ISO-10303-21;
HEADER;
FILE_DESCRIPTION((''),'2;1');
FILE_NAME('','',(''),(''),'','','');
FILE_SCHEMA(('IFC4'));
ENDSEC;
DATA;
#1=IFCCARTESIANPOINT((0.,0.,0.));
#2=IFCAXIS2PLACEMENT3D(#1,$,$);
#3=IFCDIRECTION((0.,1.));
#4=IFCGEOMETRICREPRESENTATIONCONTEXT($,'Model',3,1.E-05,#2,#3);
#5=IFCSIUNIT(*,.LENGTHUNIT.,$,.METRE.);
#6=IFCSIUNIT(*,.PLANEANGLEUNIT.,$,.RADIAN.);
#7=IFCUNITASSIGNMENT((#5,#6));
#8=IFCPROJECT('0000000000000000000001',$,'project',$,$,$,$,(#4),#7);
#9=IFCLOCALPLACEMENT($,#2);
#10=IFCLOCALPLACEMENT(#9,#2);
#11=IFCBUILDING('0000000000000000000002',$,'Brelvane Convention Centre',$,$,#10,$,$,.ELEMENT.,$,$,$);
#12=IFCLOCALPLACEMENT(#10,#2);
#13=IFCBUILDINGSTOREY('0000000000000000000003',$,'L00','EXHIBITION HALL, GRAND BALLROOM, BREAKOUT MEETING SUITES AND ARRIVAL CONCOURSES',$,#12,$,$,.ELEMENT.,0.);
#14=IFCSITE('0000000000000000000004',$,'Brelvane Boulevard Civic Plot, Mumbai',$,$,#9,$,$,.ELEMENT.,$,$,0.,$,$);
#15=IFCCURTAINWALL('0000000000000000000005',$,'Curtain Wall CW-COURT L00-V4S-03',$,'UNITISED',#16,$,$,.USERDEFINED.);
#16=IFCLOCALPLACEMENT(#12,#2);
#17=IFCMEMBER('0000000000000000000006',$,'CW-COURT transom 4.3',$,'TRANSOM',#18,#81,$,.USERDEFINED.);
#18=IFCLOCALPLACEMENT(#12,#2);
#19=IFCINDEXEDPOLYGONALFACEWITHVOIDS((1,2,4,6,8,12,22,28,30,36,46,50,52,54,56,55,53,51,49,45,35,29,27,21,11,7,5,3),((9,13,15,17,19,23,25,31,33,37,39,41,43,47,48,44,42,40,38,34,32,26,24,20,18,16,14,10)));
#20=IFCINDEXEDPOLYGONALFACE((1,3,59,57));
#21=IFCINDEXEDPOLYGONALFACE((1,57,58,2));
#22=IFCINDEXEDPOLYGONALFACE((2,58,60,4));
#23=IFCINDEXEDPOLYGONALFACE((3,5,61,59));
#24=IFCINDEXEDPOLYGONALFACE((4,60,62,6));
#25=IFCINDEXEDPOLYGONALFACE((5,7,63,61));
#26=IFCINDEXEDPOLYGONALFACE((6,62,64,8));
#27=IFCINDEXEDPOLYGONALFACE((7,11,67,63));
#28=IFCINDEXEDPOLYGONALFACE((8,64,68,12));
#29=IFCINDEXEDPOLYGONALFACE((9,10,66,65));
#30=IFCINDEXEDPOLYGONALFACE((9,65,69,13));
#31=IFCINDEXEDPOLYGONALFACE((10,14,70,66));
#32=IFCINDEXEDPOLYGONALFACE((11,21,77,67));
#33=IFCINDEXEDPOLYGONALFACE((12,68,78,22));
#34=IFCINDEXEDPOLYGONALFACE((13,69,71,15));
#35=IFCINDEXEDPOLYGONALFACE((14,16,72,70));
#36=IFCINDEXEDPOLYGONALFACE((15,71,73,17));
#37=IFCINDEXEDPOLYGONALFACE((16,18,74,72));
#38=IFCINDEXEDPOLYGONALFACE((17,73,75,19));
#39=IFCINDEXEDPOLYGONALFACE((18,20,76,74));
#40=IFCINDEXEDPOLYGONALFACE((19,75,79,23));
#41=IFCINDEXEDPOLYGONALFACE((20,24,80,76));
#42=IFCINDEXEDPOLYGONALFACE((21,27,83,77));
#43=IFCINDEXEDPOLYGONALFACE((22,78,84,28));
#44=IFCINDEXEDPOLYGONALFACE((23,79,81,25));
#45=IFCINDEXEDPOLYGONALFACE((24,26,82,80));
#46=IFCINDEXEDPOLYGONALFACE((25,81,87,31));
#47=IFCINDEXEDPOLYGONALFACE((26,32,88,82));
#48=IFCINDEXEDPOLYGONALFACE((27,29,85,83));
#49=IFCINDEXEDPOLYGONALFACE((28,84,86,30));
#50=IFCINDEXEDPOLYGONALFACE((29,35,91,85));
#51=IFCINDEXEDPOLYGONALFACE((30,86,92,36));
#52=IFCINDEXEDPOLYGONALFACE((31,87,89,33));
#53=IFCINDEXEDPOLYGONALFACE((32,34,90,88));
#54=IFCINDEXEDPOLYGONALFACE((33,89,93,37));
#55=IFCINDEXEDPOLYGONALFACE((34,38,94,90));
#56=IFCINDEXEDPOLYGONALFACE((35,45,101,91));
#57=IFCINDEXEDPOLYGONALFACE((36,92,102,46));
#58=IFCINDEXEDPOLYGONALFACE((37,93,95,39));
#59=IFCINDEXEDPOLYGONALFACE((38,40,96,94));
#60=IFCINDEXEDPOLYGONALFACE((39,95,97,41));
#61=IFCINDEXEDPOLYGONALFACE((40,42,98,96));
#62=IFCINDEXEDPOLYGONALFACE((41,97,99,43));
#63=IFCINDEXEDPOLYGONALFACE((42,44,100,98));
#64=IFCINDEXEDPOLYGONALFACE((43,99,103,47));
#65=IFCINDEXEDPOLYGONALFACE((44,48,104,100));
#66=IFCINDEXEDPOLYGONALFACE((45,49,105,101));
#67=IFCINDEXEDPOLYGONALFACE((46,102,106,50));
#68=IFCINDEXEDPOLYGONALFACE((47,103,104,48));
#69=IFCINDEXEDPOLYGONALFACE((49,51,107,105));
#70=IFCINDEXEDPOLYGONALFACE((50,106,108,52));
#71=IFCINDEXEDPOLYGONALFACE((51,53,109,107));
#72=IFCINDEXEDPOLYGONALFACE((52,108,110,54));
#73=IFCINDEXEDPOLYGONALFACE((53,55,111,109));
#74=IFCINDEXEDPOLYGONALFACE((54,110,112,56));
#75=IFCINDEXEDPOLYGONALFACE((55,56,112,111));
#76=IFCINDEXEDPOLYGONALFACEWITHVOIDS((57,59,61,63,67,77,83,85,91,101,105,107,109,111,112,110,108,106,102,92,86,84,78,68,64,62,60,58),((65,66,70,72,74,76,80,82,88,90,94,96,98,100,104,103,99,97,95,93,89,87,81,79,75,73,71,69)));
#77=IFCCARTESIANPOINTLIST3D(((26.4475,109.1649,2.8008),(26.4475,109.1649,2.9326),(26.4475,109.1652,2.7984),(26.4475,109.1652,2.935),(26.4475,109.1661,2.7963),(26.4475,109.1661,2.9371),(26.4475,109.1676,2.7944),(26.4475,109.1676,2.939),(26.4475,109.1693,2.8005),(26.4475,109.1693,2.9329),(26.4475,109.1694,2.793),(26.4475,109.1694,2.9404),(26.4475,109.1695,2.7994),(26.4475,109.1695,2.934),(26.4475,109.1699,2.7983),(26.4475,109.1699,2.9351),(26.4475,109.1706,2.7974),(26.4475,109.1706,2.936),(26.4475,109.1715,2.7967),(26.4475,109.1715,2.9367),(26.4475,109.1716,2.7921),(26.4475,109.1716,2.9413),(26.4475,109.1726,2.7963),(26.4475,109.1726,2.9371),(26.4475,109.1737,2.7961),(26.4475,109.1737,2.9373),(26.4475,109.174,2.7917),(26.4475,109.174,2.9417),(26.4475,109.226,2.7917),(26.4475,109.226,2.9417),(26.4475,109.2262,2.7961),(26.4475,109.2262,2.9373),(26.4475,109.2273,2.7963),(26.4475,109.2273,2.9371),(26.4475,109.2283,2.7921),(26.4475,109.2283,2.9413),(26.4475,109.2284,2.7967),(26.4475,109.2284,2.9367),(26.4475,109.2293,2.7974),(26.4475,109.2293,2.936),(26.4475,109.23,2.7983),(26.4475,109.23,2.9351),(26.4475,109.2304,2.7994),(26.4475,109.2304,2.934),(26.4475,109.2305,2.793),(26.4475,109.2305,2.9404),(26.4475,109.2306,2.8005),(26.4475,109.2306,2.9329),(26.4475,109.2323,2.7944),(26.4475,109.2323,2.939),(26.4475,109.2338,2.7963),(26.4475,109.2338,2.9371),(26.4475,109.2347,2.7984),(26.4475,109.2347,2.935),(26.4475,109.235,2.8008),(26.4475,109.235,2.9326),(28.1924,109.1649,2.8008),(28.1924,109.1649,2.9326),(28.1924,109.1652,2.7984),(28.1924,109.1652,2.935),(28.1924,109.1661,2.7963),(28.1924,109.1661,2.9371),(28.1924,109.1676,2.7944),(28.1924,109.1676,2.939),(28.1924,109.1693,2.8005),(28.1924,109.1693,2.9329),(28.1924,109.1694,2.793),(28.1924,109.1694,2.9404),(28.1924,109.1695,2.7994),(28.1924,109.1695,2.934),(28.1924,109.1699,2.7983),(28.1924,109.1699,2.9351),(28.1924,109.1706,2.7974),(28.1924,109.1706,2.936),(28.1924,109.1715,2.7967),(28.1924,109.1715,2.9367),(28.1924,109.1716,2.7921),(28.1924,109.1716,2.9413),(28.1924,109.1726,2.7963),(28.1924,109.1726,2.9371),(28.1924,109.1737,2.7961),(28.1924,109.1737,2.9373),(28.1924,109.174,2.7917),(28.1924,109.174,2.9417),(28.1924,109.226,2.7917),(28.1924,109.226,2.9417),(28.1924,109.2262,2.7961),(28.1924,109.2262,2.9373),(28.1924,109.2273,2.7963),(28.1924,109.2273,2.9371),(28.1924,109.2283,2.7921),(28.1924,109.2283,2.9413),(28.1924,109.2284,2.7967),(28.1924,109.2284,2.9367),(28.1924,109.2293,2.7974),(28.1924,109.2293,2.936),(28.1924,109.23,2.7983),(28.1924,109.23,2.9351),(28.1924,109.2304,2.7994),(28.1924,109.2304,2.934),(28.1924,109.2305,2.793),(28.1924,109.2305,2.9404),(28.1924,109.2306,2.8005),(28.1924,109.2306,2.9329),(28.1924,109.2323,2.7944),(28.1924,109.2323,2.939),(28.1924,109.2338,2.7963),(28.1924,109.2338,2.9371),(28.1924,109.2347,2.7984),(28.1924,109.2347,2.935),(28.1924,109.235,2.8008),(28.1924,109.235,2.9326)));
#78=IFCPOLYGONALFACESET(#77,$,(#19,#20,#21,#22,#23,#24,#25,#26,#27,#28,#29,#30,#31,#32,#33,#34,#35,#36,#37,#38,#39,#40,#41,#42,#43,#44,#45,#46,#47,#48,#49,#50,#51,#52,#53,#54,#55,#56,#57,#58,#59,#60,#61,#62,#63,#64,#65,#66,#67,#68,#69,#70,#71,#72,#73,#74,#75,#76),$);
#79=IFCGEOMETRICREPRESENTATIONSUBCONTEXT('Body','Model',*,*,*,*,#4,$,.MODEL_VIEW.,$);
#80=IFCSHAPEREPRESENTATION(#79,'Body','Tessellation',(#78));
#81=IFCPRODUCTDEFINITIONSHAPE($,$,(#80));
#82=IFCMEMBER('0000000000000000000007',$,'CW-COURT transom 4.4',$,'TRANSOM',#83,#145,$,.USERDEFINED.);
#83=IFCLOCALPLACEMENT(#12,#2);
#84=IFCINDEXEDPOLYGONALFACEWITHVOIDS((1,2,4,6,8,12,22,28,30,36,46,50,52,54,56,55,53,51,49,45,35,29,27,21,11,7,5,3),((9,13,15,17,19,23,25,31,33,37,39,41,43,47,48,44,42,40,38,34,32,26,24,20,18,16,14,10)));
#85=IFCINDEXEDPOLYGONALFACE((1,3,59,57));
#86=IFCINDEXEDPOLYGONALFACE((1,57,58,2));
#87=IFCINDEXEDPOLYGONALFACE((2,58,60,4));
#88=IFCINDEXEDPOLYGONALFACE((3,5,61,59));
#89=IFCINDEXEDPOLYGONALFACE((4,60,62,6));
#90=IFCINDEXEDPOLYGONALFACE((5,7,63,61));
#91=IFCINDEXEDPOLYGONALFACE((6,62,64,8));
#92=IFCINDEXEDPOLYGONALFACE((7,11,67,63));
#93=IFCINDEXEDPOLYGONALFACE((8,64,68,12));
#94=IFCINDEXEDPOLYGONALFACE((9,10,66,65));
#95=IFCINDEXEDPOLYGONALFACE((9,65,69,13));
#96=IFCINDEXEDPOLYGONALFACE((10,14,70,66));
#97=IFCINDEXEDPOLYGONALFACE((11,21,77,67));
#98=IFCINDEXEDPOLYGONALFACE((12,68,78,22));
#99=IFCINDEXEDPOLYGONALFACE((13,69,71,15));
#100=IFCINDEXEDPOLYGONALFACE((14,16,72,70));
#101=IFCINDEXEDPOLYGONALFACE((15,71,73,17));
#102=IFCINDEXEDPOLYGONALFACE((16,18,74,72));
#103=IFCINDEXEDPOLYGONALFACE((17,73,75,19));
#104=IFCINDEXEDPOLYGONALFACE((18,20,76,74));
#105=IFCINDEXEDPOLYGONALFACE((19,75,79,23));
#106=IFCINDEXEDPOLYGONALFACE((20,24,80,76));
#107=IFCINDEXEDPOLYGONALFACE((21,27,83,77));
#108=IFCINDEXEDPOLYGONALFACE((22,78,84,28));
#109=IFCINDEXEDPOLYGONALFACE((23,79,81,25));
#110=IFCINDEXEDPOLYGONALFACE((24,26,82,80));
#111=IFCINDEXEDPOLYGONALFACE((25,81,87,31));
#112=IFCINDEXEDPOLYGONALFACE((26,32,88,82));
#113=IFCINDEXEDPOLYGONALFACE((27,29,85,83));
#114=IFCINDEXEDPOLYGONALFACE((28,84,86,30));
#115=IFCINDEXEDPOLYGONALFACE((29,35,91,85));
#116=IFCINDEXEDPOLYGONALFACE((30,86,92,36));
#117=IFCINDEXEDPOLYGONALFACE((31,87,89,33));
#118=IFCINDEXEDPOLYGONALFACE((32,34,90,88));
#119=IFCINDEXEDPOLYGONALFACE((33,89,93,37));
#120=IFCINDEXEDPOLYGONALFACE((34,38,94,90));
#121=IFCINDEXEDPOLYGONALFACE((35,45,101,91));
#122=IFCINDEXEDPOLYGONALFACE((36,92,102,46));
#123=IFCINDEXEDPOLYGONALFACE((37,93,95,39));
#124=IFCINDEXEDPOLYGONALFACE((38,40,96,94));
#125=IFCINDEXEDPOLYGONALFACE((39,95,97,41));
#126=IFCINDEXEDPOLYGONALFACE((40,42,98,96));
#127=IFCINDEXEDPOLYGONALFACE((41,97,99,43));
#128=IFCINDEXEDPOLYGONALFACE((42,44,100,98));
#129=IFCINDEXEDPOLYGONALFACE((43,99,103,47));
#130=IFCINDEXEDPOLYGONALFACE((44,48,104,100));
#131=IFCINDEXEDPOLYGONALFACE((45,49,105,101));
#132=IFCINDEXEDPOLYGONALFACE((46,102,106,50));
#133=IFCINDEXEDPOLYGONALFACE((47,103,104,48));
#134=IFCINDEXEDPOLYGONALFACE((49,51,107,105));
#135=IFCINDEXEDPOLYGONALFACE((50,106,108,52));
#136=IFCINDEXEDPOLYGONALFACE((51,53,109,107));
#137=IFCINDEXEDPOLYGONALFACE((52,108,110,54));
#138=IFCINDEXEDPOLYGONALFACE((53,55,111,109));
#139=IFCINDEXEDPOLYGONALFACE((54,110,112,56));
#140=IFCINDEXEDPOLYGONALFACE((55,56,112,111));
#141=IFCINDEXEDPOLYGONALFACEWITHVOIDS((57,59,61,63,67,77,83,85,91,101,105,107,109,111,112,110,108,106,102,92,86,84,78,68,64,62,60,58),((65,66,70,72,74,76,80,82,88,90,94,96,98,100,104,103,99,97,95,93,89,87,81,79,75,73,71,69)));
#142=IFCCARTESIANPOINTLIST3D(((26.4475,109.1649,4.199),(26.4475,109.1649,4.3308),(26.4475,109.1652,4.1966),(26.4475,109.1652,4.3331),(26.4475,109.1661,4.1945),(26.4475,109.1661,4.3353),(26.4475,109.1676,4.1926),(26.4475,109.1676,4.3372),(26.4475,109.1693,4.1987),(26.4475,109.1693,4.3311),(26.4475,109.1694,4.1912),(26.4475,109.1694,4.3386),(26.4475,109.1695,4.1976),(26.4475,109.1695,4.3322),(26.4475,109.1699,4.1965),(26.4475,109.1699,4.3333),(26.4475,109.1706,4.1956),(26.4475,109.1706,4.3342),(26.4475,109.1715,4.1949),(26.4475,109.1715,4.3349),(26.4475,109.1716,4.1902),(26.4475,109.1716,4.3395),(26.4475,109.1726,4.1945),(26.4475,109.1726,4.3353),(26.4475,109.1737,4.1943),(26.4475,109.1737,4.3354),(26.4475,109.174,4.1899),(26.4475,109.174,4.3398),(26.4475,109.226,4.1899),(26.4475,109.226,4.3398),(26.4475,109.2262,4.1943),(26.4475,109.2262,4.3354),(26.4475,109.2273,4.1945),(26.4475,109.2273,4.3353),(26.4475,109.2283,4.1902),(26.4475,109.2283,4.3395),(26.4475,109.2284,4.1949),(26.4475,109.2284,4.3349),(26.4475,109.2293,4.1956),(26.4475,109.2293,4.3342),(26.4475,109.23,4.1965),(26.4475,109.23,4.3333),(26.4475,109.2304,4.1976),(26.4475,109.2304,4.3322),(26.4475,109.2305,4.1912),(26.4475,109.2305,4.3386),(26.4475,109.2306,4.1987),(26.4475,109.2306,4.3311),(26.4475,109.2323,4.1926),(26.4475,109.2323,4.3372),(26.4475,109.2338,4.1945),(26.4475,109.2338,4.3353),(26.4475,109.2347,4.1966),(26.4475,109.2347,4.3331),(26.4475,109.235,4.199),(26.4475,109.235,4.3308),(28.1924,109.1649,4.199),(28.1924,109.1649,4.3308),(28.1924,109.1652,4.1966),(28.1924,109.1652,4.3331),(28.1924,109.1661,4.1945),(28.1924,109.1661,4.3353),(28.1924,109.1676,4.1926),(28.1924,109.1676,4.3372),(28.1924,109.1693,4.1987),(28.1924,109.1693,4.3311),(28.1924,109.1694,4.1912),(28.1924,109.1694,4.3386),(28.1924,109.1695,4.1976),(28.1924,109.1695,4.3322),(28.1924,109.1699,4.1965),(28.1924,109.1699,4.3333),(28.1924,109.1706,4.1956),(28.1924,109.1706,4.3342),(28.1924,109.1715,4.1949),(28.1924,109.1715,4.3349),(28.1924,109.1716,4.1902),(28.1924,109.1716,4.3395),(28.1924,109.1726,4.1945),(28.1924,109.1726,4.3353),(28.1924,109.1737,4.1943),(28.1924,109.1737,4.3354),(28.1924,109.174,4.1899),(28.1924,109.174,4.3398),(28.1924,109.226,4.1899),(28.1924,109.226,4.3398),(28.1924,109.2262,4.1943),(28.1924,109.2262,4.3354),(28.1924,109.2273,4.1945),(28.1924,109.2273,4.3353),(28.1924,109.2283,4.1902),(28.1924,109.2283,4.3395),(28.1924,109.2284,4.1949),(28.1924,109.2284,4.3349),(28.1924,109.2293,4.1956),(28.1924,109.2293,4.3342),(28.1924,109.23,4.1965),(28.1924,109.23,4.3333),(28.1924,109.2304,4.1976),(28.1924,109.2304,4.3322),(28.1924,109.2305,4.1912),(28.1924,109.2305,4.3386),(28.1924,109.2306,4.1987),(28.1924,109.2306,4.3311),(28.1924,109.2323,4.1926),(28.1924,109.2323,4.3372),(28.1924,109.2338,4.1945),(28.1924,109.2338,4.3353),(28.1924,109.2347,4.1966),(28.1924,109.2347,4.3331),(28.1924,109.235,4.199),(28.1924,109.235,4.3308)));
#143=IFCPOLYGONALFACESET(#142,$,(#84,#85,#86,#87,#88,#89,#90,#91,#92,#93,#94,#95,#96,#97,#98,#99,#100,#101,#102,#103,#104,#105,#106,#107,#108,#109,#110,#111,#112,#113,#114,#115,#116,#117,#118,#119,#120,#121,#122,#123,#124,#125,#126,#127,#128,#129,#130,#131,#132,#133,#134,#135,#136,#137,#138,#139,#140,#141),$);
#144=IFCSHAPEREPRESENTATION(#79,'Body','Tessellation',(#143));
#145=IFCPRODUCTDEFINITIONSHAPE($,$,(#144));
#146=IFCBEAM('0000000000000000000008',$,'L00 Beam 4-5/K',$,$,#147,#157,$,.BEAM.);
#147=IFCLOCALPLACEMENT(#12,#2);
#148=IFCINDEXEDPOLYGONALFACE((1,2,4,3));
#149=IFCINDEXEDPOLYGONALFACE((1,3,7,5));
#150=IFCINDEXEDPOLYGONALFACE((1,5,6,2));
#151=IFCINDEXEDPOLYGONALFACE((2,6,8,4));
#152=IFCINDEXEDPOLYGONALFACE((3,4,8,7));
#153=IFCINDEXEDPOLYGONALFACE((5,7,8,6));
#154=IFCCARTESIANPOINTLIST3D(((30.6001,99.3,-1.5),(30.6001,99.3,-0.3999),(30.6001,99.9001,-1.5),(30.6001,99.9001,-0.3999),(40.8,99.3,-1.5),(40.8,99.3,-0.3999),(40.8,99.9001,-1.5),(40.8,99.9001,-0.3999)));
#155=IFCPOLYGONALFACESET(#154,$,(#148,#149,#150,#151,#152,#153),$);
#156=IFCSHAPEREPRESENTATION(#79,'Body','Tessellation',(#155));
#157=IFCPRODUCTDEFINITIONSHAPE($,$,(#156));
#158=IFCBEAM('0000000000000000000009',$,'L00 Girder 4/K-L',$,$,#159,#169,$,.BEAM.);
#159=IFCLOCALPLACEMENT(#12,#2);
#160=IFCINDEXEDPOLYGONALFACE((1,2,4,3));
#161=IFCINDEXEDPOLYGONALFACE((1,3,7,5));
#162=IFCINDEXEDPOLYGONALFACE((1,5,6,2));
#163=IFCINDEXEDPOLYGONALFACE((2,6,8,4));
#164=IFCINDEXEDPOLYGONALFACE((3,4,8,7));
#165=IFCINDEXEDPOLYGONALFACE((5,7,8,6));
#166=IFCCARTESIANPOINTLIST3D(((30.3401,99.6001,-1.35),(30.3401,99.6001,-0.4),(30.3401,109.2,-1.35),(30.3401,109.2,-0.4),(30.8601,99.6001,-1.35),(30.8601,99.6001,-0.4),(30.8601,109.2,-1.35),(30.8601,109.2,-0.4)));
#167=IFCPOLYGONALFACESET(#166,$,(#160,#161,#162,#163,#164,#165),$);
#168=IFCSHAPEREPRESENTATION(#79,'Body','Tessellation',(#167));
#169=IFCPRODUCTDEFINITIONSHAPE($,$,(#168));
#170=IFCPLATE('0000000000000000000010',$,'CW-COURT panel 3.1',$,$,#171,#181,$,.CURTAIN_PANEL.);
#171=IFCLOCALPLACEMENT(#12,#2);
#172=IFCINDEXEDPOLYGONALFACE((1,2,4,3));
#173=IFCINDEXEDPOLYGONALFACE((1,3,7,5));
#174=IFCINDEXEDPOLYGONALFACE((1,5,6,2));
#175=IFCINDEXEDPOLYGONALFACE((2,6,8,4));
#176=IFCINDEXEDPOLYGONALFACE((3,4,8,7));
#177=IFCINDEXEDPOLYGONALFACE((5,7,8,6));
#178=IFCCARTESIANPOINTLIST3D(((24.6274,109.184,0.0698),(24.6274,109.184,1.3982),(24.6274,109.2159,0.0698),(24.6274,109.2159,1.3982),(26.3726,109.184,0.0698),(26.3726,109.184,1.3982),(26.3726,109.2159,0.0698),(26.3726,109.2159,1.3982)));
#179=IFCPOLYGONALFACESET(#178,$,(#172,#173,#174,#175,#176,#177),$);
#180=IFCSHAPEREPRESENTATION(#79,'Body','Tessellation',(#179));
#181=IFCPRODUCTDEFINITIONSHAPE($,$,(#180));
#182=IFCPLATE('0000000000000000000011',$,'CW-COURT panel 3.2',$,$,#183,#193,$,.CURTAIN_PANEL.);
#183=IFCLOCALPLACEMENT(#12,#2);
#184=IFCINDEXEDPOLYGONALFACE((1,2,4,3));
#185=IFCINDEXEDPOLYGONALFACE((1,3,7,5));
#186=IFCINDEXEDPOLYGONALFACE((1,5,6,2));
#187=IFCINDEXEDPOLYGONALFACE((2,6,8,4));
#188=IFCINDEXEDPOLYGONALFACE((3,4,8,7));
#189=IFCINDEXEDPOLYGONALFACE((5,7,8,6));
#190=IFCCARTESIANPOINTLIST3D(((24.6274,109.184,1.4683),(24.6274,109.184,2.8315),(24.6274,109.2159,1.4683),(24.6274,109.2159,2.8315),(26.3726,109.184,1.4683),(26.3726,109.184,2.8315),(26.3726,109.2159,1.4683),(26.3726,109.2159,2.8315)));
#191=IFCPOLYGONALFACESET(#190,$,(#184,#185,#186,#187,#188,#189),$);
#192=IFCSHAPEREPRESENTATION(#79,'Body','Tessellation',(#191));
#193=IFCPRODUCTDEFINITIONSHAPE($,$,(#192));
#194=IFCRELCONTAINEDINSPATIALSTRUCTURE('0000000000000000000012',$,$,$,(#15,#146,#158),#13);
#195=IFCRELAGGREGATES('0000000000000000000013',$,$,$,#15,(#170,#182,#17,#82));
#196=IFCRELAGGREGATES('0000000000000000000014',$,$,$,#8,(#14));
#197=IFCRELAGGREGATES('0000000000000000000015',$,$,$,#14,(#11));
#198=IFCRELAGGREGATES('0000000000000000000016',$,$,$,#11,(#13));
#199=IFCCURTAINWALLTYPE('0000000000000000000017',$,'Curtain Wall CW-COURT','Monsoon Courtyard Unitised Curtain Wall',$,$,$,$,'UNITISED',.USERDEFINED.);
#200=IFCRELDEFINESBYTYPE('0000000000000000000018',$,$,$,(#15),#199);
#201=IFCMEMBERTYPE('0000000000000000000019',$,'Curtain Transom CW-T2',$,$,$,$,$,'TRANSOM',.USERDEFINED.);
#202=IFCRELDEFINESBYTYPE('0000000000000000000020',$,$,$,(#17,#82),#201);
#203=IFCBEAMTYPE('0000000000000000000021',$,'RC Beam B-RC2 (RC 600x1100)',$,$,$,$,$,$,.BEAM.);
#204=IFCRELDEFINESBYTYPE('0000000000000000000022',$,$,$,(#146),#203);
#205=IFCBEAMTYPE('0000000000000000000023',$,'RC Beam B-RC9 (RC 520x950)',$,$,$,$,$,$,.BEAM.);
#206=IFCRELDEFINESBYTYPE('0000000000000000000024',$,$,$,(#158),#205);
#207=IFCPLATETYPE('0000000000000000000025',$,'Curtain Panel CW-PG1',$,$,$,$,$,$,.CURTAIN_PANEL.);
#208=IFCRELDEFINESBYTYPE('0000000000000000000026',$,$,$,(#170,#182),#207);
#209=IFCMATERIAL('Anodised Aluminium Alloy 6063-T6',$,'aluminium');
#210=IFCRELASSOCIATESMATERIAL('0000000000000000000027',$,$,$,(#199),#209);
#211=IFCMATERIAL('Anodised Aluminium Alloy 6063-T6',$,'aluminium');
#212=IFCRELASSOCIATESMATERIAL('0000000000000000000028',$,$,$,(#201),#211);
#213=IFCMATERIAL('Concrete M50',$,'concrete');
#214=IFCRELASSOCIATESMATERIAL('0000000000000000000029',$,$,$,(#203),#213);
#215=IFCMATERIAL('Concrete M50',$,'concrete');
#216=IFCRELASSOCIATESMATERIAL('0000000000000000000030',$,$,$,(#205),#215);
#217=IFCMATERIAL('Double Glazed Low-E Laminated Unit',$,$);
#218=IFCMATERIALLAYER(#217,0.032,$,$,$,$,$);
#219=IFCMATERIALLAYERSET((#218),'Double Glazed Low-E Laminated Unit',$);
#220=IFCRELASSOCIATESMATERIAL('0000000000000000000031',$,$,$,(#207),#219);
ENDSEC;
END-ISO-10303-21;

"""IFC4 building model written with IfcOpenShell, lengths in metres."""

from ifc_helpers import new_model, si_unit, direction, frame, origin, origin_2d, place, context, subcontext, project, spatial, rectangle, hollow_rectangle, extrude, material, layer, layer_set, material_profile, profile_set, type_object, element, aggregate, save


model = new_model("IFC4")

# Units and contexts
model_context = context("Model", 3, precision=1e-05, world=origin(), true_north=direction((0.0, 1.0)))
body_context = subcontext(model_context, "Body", "Model", "MODEL_VIEW")
ifc_project = project(units=[si_unit("LENGTHUNIT", "METRE"), si_unit("PLANEANGLEUNIT", "RADIAN")], contexts=[model_context])

# Site, building, storey
site_placement = place(None, origin())
site = spatial("IfcSite", under=ifc_project, at=site_placement, Name="Brelvane Boulevard Civic Plot, Mumbai", CompositionType="ELEMENT", RefElevation=0.0)
building_placement = place(site_placement, origin())
building = spatial("IfcBuilding", under=site, at=building_placement, Name="Brelvane Convention Centre", CompositionType="ELEMENT")
storey_placement = place(building_placement, origin())
storey = spatial("IfcBuildingStorey", under=building, at=storey_placement, Name="L00", Description="EXHIBITION HALL, GRAND BALLROOM, BREAKOUT MEETING SUITES AND ARRIVAL CONCOURSES", CompositionType="ELEMENT", Elevation=0.0)

# Curtain wall, members
ifc_material_1 = material(Name="Anodised Aluminium Alloy 6063-T6", Category="aluminium")
curtain_wall_type = type_object("IfcCurtainWallType", Name="Curtain Wall CW-COURT", Description="Monsoon Courtyard Unitised Curtain Wall", ElementType="UNITISED", PredefinedType="USERDEFINED", material=ifc_material_1)
curtain_wall_placement = place(storey_placement, origin())
curtain_wall = element("IfcCurtainWall", 1, at=curtain_wall_placement, inside=storey, type_object=curtain_wall_type, Name="Curtain Wall CW-COURT L00-V4S-03", ObjectType="UNITISED", PredefinedType="USERDEFINED")
ifc_material_2 = material(Name="Anodised Aluminium Alloy 6063-T6", Category="aluminium")
ifc_material_profile_1 = material_profile(ifc_material_2, hollow_rectangle(XDim=0.0701, YDim=0.1499, WallThickness=0.0044, InnerFilletRadius=0.0044, OuterFilletRadius=0.009, at=origin_2d()), Name="ALU-T 150x70x4.5")
ifc_profile_set_1 = profile_set([ifc_material_profile_1], Name="Anodised Aluminium Alloy 6063-T6")
member_type_1 = type_object("IfcMemberType", Name="Curtain Transom CW-T2", ElementType="TRANSOM", PredefinedType="USERDEFINED", material=ifc_profile_set_1)
member_1_placement = place(storey_placement, frame((26.4475, 109.2, 2.8667), z_axis=(1.0, 0.0, 0.0), x_axis=(0.0, 1.0, 0.0)))
member_1 = element("IfcMember", 2, at=member_1_placement, type_object=member_type_1, Name="CW-COURT transom 4.3", ObjectType="TRANSOM", PredefinedType="USERDEFINED", context=body_context, shape_type="SweptSolid", body=[
    extrude(hollow_rectangle(XDim=0.0701, YDim=0.1499, WallThickness=0.0044, InnerFilletRadius=0.0044, OuterFilletRadius=0.009, at=origin_2d()), origin(), (0.0, 0.0, 1.0), 1.7449),
])
member_2_placement = place(storey_placement, frame((26.4475, 109.2, 4.2649), z_axis=(1.0, 0.0, 0.0), x_axis=(0.0, 1.0, 0.0)))
member_2 = element("IfcMember", 3, at=member_2_placement, type_object=member_type_1, Name="CW-COURT transom 4.4", ObjectType="TRANSOM", PredefinedType="USERDEFINED", context=body_context, shape_type="SweptSolid", body=[
    extrude(hollow_rectangle(XDim=0.0701, YDim=0.1499, WallThickness=0.0044, InnerFilletRadius=0.0044, OuterFilletRadius=0.009, at=origin_2d()), origin(), (0.0, 0.0, 1.0), 1.7449),
])

# Beams
ifc_material_3 = material(Name="Concrete M50", Category="concrete")
ifc_material_profile_2 = material_profile(ifc_material_3, rectangle(XDim=0.6001, YDim=1.1001, at=origin_2d()), Name="RC 600x1100")
ifc_profile_set_2 = profile_set([ifc_material_profile_2], Name="Concrete M50")
beam_type_1 = type_object("IfcBeamType", Name="RC Beam B-RC2 (RC 600x1100)", PredefinedType="BEAM", material=ifc_profile_set_2)
beam_1_placement = place(storey_placement, frame((30.6001, 99.6001, -0.95), z_axis=(1.0, 0.0, 0.0), x_axis=(0.0, 1.0, 0.0)))
element("IfcBeam", 4, at=beam_1_placement, inside=storey, type_object=beam_type_1, Name="L00 Beam 4-5/K", PredefinedType="BEAM", context=body_context, shape_type="SweptSolid", body=[
    extrude(rectangle(XDim=0.6001, YDim=1.1001, at=origin_2d()), origin(), (0.0, 0.0, 1.0), 10.2),
])
ifc_material_4 = material(Name="Concrete M50", Category="concrete")
ifc_material_profile_3 = material_profile(ifc_material_4, rectangle(XDim=0.52, YDim=0.95, at=origin_2d()), Name="RC 520x950")
ifc_profile_set_3 = profile_set([ifc_material_profile_3], Name="Concrete M50")
beam_type_2 = type_object("IfcBeamType", Name="RC Beam B-RC9 (RC 520x950)", PredefinedType="BEAM", material=ifc_profile_set_3)
beam_2_placement = place(storey_placement, frame((30.6001, 99.6001, -0.875), z_axis=(0.0, 1.0, 0.0), x_axis=(-1.0, 0.0, 0.0)))
element("IfcBeam", 5, at=beam_2_placement, inside=storey, type_object=beam_type_2, Name="L00 Girder 4/K-L", PredefinedType="BEAM", context=body_context, shape_type="SweptSolid", body=[
    extrude(rectangle(XDim=0.52, YDim=0.95, at=origin_2d()), origin(), (0.0, 0.0, 1.0), 9.5999),
])

# Plates
ifc_material_5 = material(Name="Double Glazed Low-E Laminated Unit")
ifc_layer_1 = layer(ifc_material_5, 0.032)
ifc_layer_set_1 = layer_set([ifc_layer_1], Name="Double Glazed Low-E Laminated Unit")
plate_type = type_object("IfcPlateType", Name="Curtain Panel CW-PG1", PredefinedType="CURTAIN_PANEL", material=ifc_layer_set_1)
plate_1_placement = place(storey_placement, frame((25.5, 109.2, 0.0698), z_axis=(0.0, 0.0, 1.0), x_axis=(1.0, 0.0, 0.0)))
plate_1 = element("IfcPlate", 6, at=plate_1_placement, type_object=plate_type, Name="CW-COURT panel 3.1", PredefinedType="CURTAIN_PANEL", context=body_context, shape_type="SweptSolid", body=[
    extrude(rectangle(XDim=1.7451, YDim=0.032, at=origin_2d()), origin(), (0.0, 0.0, 1.0), 1.3284),
])
plate_2_placement = place(storey_placement, frame((25.5, 109.2, 1.4683), z_axis=(0.0, 0.0, 1.0), x_axis=(1.0, 0.0, 0.0)))
plate_2 = element("IfcPlate", 7, at=plate_2_placement, type_object=plate_type, Name="CW-COURT panel 3.2", PredefinedType="CURTAIN_PANEL", context=body_context, shape_type="SweptSolid", body=[
    extrude(rectangle(XDim=1.7451, YDim=0.032, at=origin_2d()), origin(), (0.0, 0.0, 1.0), 1.3633),
])
aggregate(curtain_wall, [plate_1, plate_2, member_1, member_2])

save(model, "model.ifc")
